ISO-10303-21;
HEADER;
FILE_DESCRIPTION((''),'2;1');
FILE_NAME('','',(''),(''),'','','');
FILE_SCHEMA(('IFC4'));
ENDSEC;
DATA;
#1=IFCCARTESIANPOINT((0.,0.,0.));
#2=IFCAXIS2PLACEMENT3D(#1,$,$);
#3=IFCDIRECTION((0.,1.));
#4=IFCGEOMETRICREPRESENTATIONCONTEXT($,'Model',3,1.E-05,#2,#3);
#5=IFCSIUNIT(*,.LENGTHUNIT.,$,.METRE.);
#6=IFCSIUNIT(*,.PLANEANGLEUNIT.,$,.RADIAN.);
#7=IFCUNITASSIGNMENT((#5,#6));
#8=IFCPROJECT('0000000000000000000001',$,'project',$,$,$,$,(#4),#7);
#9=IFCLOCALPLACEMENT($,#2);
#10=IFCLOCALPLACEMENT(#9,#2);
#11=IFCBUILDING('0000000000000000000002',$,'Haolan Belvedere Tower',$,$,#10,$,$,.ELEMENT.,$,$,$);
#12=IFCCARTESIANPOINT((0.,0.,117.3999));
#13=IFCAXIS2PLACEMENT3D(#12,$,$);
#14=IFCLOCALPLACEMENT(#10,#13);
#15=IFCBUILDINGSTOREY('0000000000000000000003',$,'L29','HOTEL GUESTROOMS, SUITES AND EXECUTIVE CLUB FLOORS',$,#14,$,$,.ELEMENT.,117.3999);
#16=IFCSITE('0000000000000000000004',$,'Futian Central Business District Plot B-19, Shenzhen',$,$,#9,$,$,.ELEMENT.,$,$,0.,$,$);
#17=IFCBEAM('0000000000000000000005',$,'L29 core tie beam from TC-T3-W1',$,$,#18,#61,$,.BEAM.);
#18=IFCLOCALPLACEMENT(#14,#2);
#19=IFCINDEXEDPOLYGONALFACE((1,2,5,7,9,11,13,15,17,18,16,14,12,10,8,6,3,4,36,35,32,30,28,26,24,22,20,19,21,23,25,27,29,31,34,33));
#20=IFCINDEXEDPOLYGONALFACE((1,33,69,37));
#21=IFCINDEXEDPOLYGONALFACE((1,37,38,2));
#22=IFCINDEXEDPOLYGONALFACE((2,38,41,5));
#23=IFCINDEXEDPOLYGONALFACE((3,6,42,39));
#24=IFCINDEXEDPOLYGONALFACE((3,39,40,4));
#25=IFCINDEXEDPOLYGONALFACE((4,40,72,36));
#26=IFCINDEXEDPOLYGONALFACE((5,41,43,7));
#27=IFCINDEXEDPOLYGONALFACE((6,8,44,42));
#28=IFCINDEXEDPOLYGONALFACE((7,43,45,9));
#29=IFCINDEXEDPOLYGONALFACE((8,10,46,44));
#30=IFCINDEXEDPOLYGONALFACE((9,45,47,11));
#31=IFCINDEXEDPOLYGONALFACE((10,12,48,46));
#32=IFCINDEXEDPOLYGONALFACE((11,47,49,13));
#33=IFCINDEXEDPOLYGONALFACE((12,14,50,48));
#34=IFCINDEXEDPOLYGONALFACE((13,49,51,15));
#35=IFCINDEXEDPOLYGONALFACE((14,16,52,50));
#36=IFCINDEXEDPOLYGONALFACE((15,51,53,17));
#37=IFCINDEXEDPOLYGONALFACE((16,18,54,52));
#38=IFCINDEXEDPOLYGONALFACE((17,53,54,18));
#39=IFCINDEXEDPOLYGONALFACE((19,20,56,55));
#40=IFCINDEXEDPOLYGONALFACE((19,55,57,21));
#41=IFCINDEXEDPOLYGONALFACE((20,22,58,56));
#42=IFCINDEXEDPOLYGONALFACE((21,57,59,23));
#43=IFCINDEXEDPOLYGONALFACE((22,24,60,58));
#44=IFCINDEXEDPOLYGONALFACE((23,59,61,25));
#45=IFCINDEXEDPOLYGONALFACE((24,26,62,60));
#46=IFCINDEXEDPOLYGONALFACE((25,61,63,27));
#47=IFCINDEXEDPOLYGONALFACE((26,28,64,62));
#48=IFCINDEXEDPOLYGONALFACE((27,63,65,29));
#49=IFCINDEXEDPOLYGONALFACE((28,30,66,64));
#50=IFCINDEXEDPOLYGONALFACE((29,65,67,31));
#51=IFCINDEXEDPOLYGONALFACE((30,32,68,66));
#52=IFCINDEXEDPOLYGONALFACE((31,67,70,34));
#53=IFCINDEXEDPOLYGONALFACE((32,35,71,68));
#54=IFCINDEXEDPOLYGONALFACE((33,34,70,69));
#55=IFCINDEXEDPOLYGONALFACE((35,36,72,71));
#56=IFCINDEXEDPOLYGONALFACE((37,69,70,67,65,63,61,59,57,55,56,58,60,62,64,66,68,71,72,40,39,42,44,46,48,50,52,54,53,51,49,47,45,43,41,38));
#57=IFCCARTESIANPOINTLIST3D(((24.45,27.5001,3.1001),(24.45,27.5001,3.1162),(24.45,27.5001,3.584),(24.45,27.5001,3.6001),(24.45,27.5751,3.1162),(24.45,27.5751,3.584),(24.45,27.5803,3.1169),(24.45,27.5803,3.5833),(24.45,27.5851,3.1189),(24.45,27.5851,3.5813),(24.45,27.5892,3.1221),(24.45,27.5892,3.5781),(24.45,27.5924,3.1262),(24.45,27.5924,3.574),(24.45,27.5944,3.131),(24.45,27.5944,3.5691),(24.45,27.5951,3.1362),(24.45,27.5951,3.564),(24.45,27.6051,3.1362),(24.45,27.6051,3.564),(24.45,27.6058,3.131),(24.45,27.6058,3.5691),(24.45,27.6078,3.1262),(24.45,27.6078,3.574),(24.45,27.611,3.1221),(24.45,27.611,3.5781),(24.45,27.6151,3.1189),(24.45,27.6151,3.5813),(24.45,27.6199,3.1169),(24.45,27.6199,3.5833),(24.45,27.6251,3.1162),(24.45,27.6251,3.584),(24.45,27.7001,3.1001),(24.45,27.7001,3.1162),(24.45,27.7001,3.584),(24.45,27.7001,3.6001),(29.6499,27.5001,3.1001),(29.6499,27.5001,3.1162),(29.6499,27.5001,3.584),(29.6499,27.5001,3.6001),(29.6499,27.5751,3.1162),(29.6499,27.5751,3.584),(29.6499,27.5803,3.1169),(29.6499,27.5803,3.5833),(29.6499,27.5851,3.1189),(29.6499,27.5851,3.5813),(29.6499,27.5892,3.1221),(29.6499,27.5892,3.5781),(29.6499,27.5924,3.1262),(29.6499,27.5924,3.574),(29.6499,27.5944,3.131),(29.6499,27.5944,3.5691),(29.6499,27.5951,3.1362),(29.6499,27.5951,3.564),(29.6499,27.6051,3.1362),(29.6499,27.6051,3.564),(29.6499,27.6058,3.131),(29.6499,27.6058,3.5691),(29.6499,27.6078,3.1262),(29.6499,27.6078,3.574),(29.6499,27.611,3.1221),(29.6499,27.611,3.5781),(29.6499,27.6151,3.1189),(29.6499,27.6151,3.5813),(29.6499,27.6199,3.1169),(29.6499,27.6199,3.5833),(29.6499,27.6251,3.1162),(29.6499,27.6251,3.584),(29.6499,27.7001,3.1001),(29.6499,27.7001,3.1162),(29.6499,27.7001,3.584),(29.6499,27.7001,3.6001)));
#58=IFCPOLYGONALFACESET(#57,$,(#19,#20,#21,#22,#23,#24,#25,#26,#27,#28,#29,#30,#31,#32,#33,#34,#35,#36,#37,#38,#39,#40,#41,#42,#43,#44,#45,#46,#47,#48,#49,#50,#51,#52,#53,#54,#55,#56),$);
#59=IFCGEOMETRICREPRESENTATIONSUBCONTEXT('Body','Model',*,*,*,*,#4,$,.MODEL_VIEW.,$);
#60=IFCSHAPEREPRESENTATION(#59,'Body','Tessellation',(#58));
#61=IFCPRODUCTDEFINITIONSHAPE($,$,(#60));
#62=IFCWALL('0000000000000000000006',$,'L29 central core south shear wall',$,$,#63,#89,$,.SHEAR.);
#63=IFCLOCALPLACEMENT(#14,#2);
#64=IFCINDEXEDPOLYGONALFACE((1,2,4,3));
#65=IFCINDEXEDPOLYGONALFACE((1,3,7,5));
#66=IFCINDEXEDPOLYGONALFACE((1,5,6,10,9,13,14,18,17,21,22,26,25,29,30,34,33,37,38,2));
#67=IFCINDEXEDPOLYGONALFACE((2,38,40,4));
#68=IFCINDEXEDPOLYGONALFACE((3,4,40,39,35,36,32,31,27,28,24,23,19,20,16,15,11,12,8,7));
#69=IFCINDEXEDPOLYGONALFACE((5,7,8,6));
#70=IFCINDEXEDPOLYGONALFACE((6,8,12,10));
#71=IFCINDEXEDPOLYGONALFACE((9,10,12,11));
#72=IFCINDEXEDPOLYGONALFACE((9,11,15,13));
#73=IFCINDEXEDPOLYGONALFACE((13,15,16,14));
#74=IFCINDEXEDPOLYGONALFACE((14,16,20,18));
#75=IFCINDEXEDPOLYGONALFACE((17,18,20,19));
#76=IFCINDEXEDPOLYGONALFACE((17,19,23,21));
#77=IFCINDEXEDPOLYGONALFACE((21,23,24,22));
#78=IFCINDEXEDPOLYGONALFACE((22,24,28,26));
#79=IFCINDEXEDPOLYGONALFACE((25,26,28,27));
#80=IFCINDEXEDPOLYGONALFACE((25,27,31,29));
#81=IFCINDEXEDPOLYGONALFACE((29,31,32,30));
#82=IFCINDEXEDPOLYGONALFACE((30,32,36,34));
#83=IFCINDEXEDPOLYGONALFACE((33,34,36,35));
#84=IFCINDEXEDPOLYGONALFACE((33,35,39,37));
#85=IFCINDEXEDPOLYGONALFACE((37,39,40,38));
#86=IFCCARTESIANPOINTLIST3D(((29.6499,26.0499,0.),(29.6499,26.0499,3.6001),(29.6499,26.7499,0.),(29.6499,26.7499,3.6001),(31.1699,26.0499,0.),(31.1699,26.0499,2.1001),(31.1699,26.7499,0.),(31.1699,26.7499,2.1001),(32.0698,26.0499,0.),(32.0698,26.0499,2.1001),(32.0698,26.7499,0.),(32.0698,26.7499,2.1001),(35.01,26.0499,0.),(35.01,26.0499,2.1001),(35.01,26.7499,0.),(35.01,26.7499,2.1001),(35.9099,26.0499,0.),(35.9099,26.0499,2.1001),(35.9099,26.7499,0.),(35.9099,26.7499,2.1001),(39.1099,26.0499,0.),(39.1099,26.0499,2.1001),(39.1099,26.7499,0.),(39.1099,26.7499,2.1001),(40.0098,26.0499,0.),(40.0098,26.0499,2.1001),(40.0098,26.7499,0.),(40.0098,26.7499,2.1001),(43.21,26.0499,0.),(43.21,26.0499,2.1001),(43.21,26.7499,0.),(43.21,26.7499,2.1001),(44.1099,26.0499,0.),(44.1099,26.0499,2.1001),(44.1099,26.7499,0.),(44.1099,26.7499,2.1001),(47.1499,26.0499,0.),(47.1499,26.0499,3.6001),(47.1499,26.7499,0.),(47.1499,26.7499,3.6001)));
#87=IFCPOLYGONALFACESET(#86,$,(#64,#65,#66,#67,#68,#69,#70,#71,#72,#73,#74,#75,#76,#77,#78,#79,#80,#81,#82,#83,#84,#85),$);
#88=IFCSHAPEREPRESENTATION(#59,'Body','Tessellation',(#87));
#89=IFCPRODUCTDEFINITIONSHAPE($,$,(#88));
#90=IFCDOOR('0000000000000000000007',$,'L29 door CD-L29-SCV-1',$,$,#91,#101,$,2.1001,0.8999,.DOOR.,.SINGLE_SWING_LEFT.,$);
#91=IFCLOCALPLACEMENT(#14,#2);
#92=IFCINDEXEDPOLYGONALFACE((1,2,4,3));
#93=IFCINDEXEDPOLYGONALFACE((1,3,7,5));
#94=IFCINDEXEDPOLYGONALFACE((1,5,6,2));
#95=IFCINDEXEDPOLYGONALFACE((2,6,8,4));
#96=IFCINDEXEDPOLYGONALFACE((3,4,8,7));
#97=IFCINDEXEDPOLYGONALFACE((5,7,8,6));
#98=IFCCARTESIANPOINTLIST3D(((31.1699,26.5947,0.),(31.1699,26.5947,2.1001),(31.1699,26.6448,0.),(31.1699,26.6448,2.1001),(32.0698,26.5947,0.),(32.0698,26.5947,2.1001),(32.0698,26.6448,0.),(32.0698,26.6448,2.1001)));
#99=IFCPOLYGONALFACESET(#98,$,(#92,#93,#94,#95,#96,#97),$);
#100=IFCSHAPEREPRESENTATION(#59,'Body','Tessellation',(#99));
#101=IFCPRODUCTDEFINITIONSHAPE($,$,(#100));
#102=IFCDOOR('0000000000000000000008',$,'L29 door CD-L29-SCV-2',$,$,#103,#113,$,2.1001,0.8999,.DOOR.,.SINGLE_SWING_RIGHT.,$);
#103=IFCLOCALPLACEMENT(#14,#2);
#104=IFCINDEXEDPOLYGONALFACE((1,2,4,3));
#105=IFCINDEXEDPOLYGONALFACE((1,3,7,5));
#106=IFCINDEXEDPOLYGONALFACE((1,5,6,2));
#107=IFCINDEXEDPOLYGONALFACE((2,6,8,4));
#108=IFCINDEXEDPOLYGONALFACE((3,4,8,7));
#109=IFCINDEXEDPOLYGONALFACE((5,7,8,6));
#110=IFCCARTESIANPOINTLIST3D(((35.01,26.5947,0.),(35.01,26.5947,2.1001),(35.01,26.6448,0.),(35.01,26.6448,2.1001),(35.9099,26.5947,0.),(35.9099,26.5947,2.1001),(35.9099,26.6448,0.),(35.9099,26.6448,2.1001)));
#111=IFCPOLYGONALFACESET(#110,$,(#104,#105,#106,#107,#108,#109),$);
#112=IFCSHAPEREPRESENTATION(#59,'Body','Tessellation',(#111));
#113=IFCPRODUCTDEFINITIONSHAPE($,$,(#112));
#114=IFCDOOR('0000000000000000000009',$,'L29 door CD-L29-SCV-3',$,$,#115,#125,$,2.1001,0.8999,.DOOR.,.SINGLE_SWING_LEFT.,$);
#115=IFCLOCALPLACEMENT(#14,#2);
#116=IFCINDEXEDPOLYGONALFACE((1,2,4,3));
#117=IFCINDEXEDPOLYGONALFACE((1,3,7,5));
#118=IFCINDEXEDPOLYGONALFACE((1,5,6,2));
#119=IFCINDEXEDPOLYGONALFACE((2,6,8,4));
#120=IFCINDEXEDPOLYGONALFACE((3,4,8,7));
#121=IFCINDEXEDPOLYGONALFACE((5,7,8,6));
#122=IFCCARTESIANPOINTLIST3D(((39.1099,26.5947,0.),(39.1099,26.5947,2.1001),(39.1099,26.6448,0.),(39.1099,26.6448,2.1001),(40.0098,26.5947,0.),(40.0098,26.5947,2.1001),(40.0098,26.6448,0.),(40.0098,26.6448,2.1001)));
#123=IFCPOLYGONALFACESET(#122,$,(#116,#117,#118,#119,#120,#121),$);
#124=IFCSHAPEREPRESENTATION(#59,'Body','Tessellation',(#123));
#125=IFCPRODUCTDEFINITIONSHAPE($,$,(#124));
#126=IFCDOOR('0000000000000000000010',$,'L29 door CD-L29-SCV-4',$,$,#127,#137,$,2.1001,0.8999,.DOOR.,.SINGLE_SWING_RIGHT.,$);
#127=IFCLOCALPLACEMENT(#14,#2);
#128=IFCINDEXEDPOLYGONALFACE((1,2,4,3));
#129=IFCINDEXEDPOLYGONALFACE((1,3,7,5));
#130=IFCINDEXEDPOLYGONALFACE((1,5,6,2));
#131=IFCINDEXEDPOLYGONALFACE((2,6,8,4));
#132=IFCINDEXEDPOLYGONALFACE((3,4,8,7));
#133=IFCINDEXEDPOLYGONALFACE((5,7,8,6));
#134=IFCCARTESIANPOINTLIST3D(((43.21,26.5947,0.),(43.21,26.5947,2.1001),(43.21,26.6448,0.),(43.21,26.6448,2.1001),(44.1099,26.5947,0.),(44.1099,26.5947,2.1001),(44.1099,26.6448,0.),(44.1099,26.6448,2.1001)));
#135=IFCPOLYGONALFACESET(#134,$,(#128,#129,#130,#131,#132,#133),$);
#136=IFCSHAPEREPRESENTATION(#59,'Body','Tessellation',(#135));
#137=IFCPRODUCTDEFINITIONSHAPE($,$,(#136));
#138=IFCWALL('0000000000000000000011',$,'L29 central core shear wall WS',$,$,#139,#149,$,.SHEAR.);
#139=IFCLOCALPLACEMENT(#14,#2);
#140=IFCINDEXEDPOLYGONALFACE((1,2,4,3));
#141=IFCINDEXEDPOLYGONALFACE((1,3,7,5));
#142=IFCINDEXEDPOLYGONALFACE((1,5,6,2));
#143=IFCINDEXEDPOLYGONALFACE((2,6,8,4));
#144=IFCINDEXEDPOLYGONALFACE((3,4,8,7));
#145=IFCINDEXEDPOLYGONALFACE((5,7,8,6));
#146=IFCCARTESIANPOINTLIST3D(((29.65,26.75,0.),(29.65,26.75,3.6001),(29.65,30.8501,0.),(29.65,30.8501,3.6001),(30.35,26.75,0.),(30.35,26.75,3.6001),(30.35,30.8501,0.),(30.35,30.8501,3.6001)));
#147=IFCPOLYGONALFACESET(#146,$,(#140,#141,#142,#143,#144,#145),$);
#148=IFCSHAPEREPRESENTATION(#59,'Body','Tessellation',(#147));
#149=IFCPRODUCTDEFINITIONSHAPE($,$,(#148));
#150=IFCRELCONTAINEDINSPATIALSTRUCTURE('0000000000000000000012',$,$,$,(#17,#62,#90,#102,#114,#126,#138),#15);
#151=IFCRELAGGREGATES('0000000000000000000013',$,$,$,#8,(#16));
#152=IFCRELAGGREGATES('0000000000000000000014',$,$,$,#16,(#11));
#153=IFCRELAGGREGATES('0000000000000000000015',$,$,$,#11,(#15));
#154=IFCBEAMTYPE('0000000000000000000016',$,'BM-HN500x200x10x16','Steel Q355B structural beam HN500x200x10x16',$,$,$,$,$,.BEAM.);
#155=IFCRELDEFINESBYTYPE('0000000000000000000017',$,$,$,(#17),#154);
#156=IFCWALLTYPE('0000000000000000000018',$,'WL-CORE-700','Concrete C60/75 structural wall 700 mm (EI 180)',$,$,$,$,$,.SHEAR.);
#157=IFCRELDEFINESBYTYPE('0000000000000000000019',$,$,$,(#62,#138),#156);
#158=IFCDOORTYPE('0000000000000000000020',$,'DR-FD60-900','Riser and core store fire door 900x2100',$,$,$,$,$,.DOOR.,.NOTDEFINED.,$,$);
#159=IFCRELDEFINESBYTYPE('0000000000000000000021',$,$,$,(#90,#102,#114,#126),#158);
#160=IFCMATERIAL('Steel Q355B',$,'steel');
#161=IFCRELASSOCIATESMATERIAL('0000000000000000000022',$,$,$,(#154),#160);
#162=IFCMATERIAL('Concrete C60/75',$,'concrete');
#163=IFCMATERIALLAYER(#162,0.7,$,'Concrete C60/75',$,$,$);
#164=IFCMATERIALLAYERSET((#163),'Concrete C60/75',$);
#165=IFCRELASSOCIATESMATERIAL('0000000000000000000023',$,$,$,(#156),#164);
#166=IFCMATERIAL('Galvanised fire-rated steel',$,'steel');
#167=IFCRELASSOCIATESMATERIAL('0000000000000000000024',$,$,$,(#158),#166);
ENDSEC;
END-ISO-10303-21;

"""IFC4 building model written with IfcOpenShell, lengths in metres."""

from ifc_helpers import new_model, si_unit, direction, frame, frame_2d, origin, origin_2d, place, context, subcontext, project, spatial, rectangle, i_section, extrude, material, layer, layer_set, material_profile, profile_set, type_object, element, fill, save


model = new_model("IFC4")

# Units and contexts
model_context = context("Model", 3, precision=1e-05, world=origin(), true_north=direction((0.0, 1.0)))
body_context = subcontext(model_context, "Body", "Model", "MODEL_VIEW")
ifc_project = project(units=[si_unit("LENGTHUNIT", "METRE"), si_unit("PLANEANGLEUNIT", "RADIAN")], contexts=[model_context])

# Site, building, storey
site_placement = place(None, origin())
site = spatial("IfcSite", under=ifc_project, at=site_placement, Name="Futian Central Business District Plot B-19, Shenzhen", CompositionType="ELEMENT", RefElevation=0.0)
building_placement = place(site_placement, origin())
building = spatial("IfcBuilding", under=site, at=building_placement, Name="Haolan Belvedere Tower", CompositionType="ELEMENT")
storey_placement = place(building_placement, frame((0.0, 0.0, 117.3999)))
storey = spatial("IfcBuildingStorey", under=building, at=storey_placement, Name="L29", Description="HOTEL GUESTROOMS, SUITES AND EXECUTIVE CLUB FLOORS", CompositionType="ELEMENT", Elevation=117.3999)

# Beam
ifc_material_1 = material(Name="Steel Q355B", Category="steel")
ifc_material_profile_1 = material_profile(ifc_material_1, i_section(OverallWidth=0.2, OverallDepth=0.5, WebThickness=0.01, FlangeThickness=0.0161, FilletRadius=0.02, at=origin_2d()), Name="Steel Q355B")
ifc_profile_set_1 = profile_set([ifc_material_profile_1], Name="Steel Q355B")
beam_type_1 = type_object("IfcBeamType", Name="BM-HN500x200x10x16", Description="Steel Q355B structural beam HN500x200x10x16", PredefinedType="BEAM", material=ifc_profile_set_1)
beam_1_placement = place(storey_placement, frame((24.45, 27.6001, 3.3501), z_axis=(1.0, 0.0, 0.0), x_axis=(0.0, 1.0, 0.0)))
element("IfcBeam", 1, at=beam_1_placement, inside=storey, type_object=beam_type_1, Name="L29 core tie beam from TC-T3-W1", PredefinedType="BEAM", context=body_context, shape_type="SweptSolid", body=[
    extrude(i_section(OverallWidth=0.2, OverallDepth=0.5, WebThickness=0.01, FlangeThickness=0.0161, FilletRadius=0.02, at=origin_2d()), origin(), (0.0, 0.0, 1.0), 5.2),
])

# Wall, openings, doors
ifc_material_2 = material(Name="Concrete C60/75", Category="concrete")
ifc_layer_1 = layer(ifc_material_2, 0.7, Name="Concrete C60/75")
ifc_layer_set_1 = layer_set([ifc_layer_1], Name="Concrete C60/75")
wall_type_1 = type_object("IfcWallType", Name="WL-CORE-700", Description="Concrete C60/75 structural wall 700 mm (EI 180)", PredefinedType="SHEAR", material=ifc_layer_set_1)
wall_1_placement = place(storey_placement, frame((29.6499, 26.3999, 0.0), z_axis=(0.0, 0.0, 1.0), x_axis=(1.0, 0.0, 0.0)))
wall_1 = element("IfcWall", 2, at=wall_1_placement, inside=storey, type_object=wall_type_1, Name="L29 central core south shear wall", PredefinedType="SHEAR", context=body_context, shape_type="SweptSolid", body=[
    extrude(rectangle(XDim=17.5, YDim=0.7, at=frame_2d((8.75, 0.0))), origin(), (0.0, 0.0, 1.0), 3.6001),
])
opening_1_placement = place(wall_1_placement, frame((2.4199, 0.0, 0.0), z_axis=(0.0, 0.0, 1.0), x_axis=(-1.0, 0.0, 0.0)))
opening_1 = element("IfcOpeningElement", 3, at=opening_1_placement, cuts=wall_1, PredefinedType="OPENING", context=body_context, shape_type="SweptSolid", body=[
    extrude(rectangle(XDim=0.8999, YDim=2.1001, at=frame_2d((0.45, 1.05))), frame((0.0, 0.3599, 0.0), z_axis=(0.0, -1.0, 0.0), x_axis=(1.0, 0.0, 0.0)), (0.0, 0.0, 1.0), 0.72),
])
opening_2_placement = place(wall_1_placement, frame((6.26, 0.0, 0.0), z_axis=(0.0, 0.0, 1.0), x_axis=(-1.0, 0.0, 0.0)))
opening_2 = element("IfcOpeningElement", 4, at=opening_2_placement, cuts=wall_1, PredefinedType="OPENING", context=body_context, shape_type="SweptSolid", body=[
    extrude(rectangle(XDim=0.8999, YDim=2.1001, at=frame_2d((0.45, 1.05))), frame((0.0, 0.3599, 0.0), z_axis=(0.0, -1.0, 0.0), x_axis=(1.0, 0.0, 0.0)), (0.0, 0.0, 1.0), 0.72),
])
opening_3_placement = place(wall_1_placement, frame((10.3599, 0.0, 0.0), z_axis=(0.0, 0.0, 1.0), x_axis=(-1.0, 0.0, 0.0)))
opening_3 = element("IfcOpeningElement", 5, at=opening_3_placement, cuts=wall_1, PredefinedType="OPENING", context=body_context, shape_type="SweptSolid", body=[
    extrude(rectangle(XDim=0.8999, YDim=2.1001, at=frame_2d((0.45, 1.05))), frame((0.0, 0.3599, 0.0), z_axis=(0.0, -1.0, 0.0), x_axis=(1.0, 0.0, 0.0)), (0.0, 0.0, 1.0), 0.72),
])
opening_4_placement = place(wall_1_placement, frame((14.46, 0.0, 0.0), z_axis=(0.0, 0.0, 1.0), x_axis=(-1.0, 0.0, 0.0)))
opening_4 = element("IfcOpeningElement", 6, at=opening_4_placement, cuts=wall_1, PredefinedType="OPENING", context=body_context, shape_type="SweptSolid", body=[
    extrude(rectangle(XDim=0.8999, YDim=2.1001, at=frame_2d((0.45, 1.05))), frame((0.0, 0.3599, 0.0), z_axis=(0.0, -1.0, 0.0), x_axis=(1.0, 0.0, 0.0)), (0.0, 0.0, 1.0), 0.72),
])
ifc_material_3 = material(Name="Galvanised fire-rated steel", Category="steel")
door_type_1 = type_object("IfcDoorType", Name="DR-FD60-900", Description="Riser and core store fire door 900x2100", OperationType="NOTDEFINED", PredefinedType="DOOR", material=ifc_material_3)
door_1_placement = place(opening_1_placement, origin())
door_1 = element("IfcDoor", 7, at=door_1_placement, inside=storey, type_object=door_type_1, Name="L29 door CD-L29-SCV-1", OperationType="SINGLE_SWING_LEFT", OverallHeight=2.1001, OverallWidth=0.8999, PredefinedType="DOOR", context=body_context, shape_type="SweptSolid", body=[
    extrude(rectangle(XDim=0.8999, YDim=2.1001, at=frame_2d((0.45, 1.05))), frame((0.0, -0.1948, 0.0), z_axis=(0.0, -1.0, 0.0), x_axis=(1.0, 0.0, 0.0)), (0.0, 0.0, 1.0), 0.05),
])
fill(opening_1, door_1)
door_2_placement = place(opening_2_placement, origin())
door_2 = element("IfcDoor", 8, at=door_2_placement, inside=storey, type_object=door_type_1, Name="L29 door CD-L29-SCV-2", OperationType="SINGLE_SWING_RIGHT", OverallHeight=2.1001, OverallWidth=0.8999, PredefinedType="DOOR", context=body_context, shape_type="SweptSolid", body=[
    extrude(rectangle(XDim=0.8999, YDim=2.1001, at=frame_2d((0.45, 1.05))), frame((0.0, -0.1948, 0.0), z_axis=(0.0, -1.0, 0.0), x_axis=(1.0, 0.0, 0.0)), (0.0, 0.0, 1.0), 0.05),
])
fill(opening_2, door_2)
door_3_placement = place(opening_3_placement, origin())
door_3 = element("IfcDoor", 9, at=door_3_placement, inside=storey, type_object=door_type_1, Name="L29 door CD-L29-SCV-3", OperationType="SINGLE_SWING_LEFT", OverallHeight=2.1001, OverallWidth=0.8999, PredefinedType="DOOR", context=body_context, shape_type="SweptSolid", body=[
    extrude(rectangle(XDim=0.8999, YDim=2.1001, at=frame_2d((0.45, 1.05))), frame((0.0, -0.1948, 0.0), z_axis=(0.0, -1.0, 0.0), x_axis=(1.0, 0.0, 0.0)), (0.0, 0.0, 1.0), 0.05),
])
fill(opening_3, door_3)
door_4_placement = place(opening_4_placement, origin())
door_4 = element("IfcDoor", 10, at=door_4_placement, inside=storey, type_object=door_type_1, Name="L29 door CD-L29-SCV-4", OperationType="SINGLE_SWING_RIGHT", OverallHeight=2.1001, OverallWidth=0.8999, PredefinedType="DOOR", context=body_context, shape_type="SweptSolid", body=[
    extrude(rectangle(XDim=0.8999, YDim=2.1001, at=frame_2d((0.45, 1.05))), frame((0.0, -0.1948, 0.0), z_axis=(0.0, -1.0, 0.0), x_axis=(1.0, 0.0, 0.0)), (0.0, 0.0, 1.0), 0.05),
])
fill(opening_4, door_4)

# Wall
wall_2_placement = place(storey_placement, frame((30.0, 26.75, 0.0), z_axis=(0.0, 0.0, 1.0), x_axis=(0.0, 1.0, 0.0)))
element("IfcWall", 11, at=wall_2_placement, inside=storey, type_object=wall_type_1, Name="L29 central core shear wall WS", PredefinedType="SHEAR", context=body_context, shape_type="SweptSolid", body=[
    extrude(rectangle(XDim=4.1001, YDim=0.7, at=frame_2d((2.05, 0.0))), origin(), (0.0, 0.0, 1.0), 3.6001),
])

save(model, "model.ifc")
